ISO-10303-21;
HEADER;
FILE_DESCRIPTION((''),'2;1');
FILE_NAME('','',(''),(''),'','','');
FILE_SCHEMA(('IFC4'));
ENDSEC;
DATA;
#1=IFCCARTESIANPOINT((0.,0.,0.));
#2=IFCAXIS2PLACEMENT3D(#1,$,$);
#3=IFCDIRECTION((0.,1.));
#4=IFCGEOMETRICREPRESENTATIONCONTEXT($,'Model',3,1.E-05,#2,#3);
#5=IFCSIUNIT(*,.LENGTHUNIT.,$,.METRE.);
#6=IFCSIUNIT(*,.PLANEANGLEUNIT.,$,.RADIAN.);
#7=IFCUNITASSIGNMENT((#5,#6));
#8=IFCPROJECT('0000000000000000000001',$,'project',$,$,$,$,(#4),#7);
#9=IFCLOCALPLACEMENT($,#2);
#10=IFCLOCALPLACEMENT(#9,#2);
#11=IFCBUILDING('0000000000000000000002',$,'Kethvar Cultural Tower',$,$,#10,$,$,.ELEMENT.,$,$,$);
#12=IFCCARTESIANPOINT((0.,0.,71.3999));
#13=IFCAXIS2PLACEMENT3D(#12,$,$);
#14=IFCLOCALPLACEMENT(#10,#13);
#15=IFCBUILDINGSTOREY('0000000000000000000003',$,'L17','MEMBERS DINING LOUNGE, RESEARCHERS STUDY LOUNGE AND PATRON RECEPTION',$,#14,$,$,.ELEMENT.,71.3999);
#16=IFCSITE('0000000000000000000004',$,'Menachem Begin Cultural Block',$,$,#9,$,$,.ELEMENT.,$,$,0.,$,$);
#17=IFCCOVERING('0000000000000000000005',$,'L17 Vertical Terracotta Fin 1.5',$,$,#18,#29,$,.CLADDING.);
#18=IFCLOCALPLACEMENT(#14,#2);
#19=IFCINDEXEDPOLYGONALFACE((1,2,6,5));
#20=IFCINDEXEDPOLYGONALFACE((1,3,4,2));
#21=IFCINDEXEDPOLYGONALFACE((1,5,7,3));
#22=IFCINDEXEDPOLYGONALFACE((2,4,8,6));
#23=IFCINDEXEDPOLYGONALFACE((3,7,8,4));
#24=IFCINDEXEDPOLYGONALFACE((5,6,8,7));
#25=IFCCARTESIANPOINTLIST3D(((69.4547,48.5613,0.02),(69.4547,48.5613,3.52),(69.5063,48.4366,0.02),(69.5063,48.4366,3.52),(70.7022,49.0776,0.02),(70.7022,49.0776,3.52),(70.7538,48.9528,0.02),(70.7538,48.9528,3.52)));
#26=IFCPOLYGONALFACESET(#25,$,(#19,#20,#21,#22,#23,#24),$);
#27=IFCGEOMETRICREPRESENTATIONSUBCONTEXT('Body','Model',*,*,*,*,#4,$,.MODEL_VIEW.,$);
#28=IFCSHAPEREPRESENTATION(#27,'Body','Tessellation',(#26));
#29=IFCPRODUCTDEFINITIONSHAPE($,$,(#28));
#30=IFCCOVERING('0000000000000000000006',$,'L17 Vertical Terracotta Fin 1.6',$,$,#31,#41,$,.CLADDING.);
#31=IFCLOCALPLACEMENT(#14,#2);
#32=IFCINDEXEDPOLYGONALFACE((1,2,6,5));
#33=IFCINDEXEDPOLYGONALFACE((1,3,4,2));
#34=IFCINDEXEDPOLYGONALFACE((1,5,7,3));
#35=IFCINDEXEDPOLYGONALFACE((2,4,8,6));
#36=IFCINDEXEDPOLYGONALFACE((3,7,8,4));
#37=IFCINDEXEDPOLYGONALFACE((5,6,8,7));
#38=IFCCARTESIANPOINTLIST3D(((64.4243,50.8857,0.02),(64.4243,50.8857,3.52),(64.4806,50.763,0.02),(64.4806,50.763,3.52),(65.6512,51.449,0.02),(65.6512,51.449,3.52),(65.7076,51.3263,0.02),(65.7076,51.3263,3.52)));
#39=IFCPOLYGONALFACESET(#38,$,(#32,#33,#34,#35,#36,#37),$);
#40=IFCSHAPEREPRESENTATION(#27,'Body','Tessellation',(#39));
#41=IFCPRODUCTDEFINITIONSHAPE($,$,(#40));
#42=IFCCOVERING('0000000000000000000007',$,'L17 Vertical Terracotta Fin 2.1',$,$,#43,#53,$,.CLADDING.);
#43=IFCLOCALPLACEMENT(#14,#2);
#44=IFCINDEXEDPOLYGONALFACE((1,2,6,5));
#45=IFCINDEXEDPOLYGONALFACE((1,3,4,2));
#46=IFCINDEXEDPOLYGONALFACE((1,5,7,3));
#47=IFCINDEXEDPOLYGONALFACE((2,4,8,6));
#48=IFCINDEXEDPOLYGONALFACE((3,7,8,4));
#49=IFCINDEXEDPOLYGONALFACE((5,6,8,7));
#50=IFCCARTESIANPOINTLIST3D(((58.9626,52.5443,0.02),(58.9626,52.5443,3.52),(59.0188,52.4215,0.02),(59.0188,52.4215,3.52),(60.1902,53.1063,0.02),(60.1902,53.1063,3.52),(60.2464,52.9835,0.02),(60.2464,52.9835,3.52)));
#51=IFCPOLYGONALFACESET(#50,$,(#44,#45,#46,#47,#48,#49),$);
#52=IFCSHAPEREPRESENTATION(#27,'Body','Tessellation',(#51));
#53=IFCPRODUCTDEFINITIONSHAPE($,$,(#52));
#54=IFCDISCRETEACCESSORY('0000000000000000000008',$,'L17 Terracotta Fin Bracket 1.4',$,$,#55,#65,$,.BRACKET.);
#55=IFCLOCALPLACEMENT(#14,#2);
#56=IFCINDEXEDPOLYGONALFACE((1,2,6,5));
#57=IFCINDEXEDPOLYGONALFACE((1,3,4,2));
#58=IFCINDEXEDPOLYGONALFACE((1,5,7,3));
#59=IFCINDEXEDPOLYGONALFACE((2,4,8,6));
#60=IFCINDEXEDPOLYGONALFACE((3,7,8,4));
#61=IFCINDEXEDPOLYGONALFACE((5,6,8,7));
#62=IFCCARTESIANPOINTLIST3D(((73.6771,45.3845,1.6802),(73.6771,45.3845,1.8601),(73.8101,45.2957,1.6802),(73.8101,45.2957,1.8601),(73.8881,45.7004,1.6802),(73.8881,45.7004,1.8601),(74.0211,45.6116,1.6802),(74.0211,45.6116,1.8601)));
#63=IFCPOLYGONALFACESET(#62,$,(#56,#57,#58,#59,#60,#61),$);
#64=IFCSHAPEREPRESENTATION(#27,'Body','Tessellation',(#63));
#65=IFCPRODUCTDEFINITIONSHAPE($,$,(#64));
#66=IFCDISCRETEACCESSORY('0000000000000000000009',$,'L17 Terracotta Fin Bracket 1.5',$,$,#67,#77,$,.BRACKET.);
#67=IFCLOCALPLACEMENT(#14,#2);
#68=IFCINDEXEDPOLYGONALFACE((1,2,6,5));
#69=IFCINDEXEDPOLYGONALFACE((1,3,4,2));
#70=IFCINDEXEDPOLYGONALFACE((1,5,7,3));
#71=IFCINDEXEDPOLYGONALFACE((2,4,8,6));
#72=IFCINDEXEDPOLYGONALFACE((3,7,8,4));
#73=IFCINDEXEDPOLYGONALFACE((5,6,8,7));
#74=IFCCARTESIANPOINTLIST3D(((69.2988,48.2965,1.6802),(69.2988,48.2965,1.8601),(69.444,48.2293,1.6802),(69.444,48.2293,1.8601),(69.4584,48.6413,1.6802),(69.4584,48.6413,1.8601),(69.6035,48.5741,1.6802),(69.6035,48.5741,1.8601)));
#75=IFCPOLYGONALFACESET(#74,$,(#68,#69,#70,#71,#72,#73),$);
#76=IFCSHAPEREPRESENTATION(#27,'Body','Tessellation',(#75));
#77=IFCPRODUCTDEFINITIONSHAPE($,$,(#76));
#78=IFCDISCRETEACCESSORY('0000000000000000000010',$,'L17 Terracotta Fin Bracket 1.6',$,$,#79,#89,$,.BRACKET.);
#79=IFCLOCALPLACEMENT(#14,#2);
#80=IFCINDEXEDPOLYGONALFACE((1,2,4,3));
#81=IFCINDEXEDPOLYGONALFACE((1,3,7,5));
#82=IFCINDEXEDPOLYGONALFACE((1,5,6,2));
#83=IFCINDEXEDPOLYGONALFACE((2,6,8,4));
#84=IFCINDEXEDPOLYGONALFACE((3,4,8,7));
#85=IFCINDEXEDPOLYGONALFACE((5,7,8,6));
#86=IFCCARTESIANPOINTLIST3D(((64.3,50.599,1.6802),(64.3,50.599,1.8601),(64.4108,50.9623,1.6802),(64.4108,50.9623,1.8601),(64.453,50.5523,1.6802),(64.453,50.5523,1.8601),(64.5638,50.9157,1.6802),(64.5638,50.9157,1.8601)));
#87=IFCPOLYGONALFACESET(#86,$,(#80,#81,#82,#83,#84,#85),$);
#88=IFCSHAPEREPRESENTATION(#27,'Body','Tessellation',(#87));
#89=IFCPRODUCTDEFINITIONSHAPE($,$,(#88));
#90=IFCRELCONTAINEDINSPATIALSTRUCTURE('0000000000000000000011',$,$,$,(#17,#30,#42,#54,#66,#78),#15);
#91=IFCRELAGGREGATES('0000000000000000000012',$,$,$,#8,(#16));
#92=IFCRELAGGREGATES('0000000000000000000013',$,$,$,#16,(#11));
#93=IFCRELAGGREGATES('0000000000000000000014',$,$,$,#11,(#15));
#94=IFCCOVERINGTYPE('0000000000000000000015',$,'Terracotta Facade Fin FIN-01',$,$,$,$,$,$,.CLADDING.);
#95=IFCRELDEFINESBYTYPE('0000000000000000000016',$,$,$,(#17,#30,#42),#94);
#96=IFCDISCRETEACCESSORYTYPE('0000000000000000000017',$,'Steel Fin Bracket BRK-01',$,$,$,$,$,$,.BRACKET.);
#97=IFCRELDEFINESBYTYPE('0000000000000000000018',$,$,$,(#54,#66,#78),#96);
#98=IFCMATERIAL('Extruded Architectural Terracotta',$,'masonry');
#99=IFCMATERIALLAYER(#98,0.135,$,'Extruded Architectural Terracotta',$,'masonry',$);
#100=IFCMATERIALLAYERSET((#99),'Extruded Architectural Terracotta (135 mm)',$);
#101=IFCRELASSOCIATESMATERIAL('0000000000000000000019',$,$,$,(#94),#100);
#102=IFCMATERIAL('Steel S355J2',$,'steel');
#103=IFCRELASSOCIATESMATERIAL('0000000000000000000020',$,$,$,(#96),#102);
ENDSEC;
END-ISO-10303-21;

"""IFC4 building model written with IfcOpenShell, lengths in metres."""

from ifc_helpers import new_model, si_unit, direction, frame, origin, origin_2d, place, context, subcontext, project, spatial, rectangle, extrude, source, transform, mapped, material, layer, layer_set, type_object, element, save


model = new_model("IFC4")

# Units and contexts
model_context = context("Model", 3, precision=1e-05, world=origin(), true_north=direction((0.0, 1.0)))
body_context = subcontext(model_context, "Body", "Model", "MODEL_VIEW")
ifc_project = project(units=[si_unit("LENGTHUNIT", "METRE"), si_unit("PLANEANGLEUNIT", "RADIAN")], contexts=[model_context])

# Site, building, storey
site_placement = place(None, origin())
site = spatial("IfcSite", under=ifc_project, at=site_placement, Name="Menachem Begin Cultural Block", CompositionType="ELEMENT", RefElevation=0.0)
building_placement = place(site_placement, origin())
building = spatial("IfcBuilding", under=site, at=building_placement, Name="Kethvar Cultural Tower", CompositionType="ELEMENT")
storey_placement = place(building_placement, frame((0.0, 0.0, 71.3999)))
storey = spatial("IfcBuildingStorey", under=building, at=storey_placement, Name="L17", Description="MEMBERS DINING LOUNGE, RESEARCHERS STUDY LOUNGE AND PATRON RECEPTION", CompositionType="ELEMENT", Elevation=71.3999)

# Shared definitions
ifc_material_1 = material(Name="Steel S355J2", Category="steel")

# Coverings
ifc_material_2 = material(Name="Extruded Architectural Terracotta", Category="masonry")
ifc_layer_1 = layer(ifc_material_2, 0.135, Name="Extruded Architectural Terracotta", Category="masonry")
ifc_layer_set_1 = layer_set([ifc_layer_1], Name="Extruded Architectural Terracotta (135 mm)")
covering_type = type_object("IfcCoveringType", Name="Terracotta Facade Fin FIN-01", PredefinedType="CLADDING", material=ifc_layer_set_1)
shared_shape_1 = source(origin(), body_context, "Body", "SweptSolid", [
    extrude(rectangle(XDim=1.3501, YDim=0.135, at=origin_2d()), origin(), (0.0, 0.0, 1.0), 3.5),
])
for number, where, z_axis, x_axis, name in (
    (1, (70.1042, 48.7571, 0.02), (0.0, 0.0, 1.0), (0.924013, 0.382361, 0.0), "L17 Vertical Terracotta Fin 1.5"),
    (2, (65.0659, 51.106, 0.02), (0.0, 0.0, 1.0), (0.9088, 0.417233, 0.0), "L17 Vertical Terracotta Fin 1.6"),
    (3, (59.6045, 52.7639, 0.02), (0.0, 0.0, 1.0), (0.909236, 0.416281, 0.0), "L17 Vertical Terracotta Fin 2.1"),
):
    element("IfcCovering", number, at=place(storey_placement, frame(where, z_axis=z_axis, x_axis=x_axis)), inside=storey, type_object=covering_type, Name=name, PredefinedType="CLADDING", context=body_context, shape_type="MappedRepresentation", body=[
        mapped(shared_shape_1, transform((0.0, 0.0, 0.0), scale=1.0)),
    ])

# Discrete accessories
discrete_accessory_type = type_object("IfcDiscreteAccessoryType", Name="Steel Fin Bracket BRK-01", PredefinedType="BRACKET", material=ifc_material_1)
shared_shape_2 = source(origin(), body_context, "Body", "SweptSolid", [
    extrude(rectangle(XDim=0.3799, YDim=0.1599, at=origin_2d()), origin(), (0.0, 0.0, 1.0), 0.1799),
])
for number, where, z_axis, x_axis, name in (
    (4, (73.8491, 45.498, 1.6802), (0.0, 0.0, 1.0), (0.555425, 0.831567, 0.0), "L17 Terracotta Fin Bracket 1.4"),
    (5, (69.4512, 48.4353, 1.6802), (0.0, 0.0, 1.0), (0.419927, 0.907558, 0.0), "L17 Terracotta Fin Bracket 1.5"),
    (6, (64.4319, 50.7573, 1.6802), (0.0, 0.0, 1.0), (0.291704, 0.956509, 0.0), "L17 Terracotta Fin Bracket 1.6"),
):
    element("IfcDiscreteAccessory", number, at=place(storey_placement, frame(where, z_axis=z_axis, x_axis=x_axis)), inside=storey, type_object=discrete_accessory_type, Name=name, PredefinedType="BRACKET", context=body_context, shape_type="MappedRepresentation", body=[
        mapped(shared_shape_2, transform((0.0, 0.0, 0.0), scale=1.0)),
    ])

save(model, "model.ifc")
